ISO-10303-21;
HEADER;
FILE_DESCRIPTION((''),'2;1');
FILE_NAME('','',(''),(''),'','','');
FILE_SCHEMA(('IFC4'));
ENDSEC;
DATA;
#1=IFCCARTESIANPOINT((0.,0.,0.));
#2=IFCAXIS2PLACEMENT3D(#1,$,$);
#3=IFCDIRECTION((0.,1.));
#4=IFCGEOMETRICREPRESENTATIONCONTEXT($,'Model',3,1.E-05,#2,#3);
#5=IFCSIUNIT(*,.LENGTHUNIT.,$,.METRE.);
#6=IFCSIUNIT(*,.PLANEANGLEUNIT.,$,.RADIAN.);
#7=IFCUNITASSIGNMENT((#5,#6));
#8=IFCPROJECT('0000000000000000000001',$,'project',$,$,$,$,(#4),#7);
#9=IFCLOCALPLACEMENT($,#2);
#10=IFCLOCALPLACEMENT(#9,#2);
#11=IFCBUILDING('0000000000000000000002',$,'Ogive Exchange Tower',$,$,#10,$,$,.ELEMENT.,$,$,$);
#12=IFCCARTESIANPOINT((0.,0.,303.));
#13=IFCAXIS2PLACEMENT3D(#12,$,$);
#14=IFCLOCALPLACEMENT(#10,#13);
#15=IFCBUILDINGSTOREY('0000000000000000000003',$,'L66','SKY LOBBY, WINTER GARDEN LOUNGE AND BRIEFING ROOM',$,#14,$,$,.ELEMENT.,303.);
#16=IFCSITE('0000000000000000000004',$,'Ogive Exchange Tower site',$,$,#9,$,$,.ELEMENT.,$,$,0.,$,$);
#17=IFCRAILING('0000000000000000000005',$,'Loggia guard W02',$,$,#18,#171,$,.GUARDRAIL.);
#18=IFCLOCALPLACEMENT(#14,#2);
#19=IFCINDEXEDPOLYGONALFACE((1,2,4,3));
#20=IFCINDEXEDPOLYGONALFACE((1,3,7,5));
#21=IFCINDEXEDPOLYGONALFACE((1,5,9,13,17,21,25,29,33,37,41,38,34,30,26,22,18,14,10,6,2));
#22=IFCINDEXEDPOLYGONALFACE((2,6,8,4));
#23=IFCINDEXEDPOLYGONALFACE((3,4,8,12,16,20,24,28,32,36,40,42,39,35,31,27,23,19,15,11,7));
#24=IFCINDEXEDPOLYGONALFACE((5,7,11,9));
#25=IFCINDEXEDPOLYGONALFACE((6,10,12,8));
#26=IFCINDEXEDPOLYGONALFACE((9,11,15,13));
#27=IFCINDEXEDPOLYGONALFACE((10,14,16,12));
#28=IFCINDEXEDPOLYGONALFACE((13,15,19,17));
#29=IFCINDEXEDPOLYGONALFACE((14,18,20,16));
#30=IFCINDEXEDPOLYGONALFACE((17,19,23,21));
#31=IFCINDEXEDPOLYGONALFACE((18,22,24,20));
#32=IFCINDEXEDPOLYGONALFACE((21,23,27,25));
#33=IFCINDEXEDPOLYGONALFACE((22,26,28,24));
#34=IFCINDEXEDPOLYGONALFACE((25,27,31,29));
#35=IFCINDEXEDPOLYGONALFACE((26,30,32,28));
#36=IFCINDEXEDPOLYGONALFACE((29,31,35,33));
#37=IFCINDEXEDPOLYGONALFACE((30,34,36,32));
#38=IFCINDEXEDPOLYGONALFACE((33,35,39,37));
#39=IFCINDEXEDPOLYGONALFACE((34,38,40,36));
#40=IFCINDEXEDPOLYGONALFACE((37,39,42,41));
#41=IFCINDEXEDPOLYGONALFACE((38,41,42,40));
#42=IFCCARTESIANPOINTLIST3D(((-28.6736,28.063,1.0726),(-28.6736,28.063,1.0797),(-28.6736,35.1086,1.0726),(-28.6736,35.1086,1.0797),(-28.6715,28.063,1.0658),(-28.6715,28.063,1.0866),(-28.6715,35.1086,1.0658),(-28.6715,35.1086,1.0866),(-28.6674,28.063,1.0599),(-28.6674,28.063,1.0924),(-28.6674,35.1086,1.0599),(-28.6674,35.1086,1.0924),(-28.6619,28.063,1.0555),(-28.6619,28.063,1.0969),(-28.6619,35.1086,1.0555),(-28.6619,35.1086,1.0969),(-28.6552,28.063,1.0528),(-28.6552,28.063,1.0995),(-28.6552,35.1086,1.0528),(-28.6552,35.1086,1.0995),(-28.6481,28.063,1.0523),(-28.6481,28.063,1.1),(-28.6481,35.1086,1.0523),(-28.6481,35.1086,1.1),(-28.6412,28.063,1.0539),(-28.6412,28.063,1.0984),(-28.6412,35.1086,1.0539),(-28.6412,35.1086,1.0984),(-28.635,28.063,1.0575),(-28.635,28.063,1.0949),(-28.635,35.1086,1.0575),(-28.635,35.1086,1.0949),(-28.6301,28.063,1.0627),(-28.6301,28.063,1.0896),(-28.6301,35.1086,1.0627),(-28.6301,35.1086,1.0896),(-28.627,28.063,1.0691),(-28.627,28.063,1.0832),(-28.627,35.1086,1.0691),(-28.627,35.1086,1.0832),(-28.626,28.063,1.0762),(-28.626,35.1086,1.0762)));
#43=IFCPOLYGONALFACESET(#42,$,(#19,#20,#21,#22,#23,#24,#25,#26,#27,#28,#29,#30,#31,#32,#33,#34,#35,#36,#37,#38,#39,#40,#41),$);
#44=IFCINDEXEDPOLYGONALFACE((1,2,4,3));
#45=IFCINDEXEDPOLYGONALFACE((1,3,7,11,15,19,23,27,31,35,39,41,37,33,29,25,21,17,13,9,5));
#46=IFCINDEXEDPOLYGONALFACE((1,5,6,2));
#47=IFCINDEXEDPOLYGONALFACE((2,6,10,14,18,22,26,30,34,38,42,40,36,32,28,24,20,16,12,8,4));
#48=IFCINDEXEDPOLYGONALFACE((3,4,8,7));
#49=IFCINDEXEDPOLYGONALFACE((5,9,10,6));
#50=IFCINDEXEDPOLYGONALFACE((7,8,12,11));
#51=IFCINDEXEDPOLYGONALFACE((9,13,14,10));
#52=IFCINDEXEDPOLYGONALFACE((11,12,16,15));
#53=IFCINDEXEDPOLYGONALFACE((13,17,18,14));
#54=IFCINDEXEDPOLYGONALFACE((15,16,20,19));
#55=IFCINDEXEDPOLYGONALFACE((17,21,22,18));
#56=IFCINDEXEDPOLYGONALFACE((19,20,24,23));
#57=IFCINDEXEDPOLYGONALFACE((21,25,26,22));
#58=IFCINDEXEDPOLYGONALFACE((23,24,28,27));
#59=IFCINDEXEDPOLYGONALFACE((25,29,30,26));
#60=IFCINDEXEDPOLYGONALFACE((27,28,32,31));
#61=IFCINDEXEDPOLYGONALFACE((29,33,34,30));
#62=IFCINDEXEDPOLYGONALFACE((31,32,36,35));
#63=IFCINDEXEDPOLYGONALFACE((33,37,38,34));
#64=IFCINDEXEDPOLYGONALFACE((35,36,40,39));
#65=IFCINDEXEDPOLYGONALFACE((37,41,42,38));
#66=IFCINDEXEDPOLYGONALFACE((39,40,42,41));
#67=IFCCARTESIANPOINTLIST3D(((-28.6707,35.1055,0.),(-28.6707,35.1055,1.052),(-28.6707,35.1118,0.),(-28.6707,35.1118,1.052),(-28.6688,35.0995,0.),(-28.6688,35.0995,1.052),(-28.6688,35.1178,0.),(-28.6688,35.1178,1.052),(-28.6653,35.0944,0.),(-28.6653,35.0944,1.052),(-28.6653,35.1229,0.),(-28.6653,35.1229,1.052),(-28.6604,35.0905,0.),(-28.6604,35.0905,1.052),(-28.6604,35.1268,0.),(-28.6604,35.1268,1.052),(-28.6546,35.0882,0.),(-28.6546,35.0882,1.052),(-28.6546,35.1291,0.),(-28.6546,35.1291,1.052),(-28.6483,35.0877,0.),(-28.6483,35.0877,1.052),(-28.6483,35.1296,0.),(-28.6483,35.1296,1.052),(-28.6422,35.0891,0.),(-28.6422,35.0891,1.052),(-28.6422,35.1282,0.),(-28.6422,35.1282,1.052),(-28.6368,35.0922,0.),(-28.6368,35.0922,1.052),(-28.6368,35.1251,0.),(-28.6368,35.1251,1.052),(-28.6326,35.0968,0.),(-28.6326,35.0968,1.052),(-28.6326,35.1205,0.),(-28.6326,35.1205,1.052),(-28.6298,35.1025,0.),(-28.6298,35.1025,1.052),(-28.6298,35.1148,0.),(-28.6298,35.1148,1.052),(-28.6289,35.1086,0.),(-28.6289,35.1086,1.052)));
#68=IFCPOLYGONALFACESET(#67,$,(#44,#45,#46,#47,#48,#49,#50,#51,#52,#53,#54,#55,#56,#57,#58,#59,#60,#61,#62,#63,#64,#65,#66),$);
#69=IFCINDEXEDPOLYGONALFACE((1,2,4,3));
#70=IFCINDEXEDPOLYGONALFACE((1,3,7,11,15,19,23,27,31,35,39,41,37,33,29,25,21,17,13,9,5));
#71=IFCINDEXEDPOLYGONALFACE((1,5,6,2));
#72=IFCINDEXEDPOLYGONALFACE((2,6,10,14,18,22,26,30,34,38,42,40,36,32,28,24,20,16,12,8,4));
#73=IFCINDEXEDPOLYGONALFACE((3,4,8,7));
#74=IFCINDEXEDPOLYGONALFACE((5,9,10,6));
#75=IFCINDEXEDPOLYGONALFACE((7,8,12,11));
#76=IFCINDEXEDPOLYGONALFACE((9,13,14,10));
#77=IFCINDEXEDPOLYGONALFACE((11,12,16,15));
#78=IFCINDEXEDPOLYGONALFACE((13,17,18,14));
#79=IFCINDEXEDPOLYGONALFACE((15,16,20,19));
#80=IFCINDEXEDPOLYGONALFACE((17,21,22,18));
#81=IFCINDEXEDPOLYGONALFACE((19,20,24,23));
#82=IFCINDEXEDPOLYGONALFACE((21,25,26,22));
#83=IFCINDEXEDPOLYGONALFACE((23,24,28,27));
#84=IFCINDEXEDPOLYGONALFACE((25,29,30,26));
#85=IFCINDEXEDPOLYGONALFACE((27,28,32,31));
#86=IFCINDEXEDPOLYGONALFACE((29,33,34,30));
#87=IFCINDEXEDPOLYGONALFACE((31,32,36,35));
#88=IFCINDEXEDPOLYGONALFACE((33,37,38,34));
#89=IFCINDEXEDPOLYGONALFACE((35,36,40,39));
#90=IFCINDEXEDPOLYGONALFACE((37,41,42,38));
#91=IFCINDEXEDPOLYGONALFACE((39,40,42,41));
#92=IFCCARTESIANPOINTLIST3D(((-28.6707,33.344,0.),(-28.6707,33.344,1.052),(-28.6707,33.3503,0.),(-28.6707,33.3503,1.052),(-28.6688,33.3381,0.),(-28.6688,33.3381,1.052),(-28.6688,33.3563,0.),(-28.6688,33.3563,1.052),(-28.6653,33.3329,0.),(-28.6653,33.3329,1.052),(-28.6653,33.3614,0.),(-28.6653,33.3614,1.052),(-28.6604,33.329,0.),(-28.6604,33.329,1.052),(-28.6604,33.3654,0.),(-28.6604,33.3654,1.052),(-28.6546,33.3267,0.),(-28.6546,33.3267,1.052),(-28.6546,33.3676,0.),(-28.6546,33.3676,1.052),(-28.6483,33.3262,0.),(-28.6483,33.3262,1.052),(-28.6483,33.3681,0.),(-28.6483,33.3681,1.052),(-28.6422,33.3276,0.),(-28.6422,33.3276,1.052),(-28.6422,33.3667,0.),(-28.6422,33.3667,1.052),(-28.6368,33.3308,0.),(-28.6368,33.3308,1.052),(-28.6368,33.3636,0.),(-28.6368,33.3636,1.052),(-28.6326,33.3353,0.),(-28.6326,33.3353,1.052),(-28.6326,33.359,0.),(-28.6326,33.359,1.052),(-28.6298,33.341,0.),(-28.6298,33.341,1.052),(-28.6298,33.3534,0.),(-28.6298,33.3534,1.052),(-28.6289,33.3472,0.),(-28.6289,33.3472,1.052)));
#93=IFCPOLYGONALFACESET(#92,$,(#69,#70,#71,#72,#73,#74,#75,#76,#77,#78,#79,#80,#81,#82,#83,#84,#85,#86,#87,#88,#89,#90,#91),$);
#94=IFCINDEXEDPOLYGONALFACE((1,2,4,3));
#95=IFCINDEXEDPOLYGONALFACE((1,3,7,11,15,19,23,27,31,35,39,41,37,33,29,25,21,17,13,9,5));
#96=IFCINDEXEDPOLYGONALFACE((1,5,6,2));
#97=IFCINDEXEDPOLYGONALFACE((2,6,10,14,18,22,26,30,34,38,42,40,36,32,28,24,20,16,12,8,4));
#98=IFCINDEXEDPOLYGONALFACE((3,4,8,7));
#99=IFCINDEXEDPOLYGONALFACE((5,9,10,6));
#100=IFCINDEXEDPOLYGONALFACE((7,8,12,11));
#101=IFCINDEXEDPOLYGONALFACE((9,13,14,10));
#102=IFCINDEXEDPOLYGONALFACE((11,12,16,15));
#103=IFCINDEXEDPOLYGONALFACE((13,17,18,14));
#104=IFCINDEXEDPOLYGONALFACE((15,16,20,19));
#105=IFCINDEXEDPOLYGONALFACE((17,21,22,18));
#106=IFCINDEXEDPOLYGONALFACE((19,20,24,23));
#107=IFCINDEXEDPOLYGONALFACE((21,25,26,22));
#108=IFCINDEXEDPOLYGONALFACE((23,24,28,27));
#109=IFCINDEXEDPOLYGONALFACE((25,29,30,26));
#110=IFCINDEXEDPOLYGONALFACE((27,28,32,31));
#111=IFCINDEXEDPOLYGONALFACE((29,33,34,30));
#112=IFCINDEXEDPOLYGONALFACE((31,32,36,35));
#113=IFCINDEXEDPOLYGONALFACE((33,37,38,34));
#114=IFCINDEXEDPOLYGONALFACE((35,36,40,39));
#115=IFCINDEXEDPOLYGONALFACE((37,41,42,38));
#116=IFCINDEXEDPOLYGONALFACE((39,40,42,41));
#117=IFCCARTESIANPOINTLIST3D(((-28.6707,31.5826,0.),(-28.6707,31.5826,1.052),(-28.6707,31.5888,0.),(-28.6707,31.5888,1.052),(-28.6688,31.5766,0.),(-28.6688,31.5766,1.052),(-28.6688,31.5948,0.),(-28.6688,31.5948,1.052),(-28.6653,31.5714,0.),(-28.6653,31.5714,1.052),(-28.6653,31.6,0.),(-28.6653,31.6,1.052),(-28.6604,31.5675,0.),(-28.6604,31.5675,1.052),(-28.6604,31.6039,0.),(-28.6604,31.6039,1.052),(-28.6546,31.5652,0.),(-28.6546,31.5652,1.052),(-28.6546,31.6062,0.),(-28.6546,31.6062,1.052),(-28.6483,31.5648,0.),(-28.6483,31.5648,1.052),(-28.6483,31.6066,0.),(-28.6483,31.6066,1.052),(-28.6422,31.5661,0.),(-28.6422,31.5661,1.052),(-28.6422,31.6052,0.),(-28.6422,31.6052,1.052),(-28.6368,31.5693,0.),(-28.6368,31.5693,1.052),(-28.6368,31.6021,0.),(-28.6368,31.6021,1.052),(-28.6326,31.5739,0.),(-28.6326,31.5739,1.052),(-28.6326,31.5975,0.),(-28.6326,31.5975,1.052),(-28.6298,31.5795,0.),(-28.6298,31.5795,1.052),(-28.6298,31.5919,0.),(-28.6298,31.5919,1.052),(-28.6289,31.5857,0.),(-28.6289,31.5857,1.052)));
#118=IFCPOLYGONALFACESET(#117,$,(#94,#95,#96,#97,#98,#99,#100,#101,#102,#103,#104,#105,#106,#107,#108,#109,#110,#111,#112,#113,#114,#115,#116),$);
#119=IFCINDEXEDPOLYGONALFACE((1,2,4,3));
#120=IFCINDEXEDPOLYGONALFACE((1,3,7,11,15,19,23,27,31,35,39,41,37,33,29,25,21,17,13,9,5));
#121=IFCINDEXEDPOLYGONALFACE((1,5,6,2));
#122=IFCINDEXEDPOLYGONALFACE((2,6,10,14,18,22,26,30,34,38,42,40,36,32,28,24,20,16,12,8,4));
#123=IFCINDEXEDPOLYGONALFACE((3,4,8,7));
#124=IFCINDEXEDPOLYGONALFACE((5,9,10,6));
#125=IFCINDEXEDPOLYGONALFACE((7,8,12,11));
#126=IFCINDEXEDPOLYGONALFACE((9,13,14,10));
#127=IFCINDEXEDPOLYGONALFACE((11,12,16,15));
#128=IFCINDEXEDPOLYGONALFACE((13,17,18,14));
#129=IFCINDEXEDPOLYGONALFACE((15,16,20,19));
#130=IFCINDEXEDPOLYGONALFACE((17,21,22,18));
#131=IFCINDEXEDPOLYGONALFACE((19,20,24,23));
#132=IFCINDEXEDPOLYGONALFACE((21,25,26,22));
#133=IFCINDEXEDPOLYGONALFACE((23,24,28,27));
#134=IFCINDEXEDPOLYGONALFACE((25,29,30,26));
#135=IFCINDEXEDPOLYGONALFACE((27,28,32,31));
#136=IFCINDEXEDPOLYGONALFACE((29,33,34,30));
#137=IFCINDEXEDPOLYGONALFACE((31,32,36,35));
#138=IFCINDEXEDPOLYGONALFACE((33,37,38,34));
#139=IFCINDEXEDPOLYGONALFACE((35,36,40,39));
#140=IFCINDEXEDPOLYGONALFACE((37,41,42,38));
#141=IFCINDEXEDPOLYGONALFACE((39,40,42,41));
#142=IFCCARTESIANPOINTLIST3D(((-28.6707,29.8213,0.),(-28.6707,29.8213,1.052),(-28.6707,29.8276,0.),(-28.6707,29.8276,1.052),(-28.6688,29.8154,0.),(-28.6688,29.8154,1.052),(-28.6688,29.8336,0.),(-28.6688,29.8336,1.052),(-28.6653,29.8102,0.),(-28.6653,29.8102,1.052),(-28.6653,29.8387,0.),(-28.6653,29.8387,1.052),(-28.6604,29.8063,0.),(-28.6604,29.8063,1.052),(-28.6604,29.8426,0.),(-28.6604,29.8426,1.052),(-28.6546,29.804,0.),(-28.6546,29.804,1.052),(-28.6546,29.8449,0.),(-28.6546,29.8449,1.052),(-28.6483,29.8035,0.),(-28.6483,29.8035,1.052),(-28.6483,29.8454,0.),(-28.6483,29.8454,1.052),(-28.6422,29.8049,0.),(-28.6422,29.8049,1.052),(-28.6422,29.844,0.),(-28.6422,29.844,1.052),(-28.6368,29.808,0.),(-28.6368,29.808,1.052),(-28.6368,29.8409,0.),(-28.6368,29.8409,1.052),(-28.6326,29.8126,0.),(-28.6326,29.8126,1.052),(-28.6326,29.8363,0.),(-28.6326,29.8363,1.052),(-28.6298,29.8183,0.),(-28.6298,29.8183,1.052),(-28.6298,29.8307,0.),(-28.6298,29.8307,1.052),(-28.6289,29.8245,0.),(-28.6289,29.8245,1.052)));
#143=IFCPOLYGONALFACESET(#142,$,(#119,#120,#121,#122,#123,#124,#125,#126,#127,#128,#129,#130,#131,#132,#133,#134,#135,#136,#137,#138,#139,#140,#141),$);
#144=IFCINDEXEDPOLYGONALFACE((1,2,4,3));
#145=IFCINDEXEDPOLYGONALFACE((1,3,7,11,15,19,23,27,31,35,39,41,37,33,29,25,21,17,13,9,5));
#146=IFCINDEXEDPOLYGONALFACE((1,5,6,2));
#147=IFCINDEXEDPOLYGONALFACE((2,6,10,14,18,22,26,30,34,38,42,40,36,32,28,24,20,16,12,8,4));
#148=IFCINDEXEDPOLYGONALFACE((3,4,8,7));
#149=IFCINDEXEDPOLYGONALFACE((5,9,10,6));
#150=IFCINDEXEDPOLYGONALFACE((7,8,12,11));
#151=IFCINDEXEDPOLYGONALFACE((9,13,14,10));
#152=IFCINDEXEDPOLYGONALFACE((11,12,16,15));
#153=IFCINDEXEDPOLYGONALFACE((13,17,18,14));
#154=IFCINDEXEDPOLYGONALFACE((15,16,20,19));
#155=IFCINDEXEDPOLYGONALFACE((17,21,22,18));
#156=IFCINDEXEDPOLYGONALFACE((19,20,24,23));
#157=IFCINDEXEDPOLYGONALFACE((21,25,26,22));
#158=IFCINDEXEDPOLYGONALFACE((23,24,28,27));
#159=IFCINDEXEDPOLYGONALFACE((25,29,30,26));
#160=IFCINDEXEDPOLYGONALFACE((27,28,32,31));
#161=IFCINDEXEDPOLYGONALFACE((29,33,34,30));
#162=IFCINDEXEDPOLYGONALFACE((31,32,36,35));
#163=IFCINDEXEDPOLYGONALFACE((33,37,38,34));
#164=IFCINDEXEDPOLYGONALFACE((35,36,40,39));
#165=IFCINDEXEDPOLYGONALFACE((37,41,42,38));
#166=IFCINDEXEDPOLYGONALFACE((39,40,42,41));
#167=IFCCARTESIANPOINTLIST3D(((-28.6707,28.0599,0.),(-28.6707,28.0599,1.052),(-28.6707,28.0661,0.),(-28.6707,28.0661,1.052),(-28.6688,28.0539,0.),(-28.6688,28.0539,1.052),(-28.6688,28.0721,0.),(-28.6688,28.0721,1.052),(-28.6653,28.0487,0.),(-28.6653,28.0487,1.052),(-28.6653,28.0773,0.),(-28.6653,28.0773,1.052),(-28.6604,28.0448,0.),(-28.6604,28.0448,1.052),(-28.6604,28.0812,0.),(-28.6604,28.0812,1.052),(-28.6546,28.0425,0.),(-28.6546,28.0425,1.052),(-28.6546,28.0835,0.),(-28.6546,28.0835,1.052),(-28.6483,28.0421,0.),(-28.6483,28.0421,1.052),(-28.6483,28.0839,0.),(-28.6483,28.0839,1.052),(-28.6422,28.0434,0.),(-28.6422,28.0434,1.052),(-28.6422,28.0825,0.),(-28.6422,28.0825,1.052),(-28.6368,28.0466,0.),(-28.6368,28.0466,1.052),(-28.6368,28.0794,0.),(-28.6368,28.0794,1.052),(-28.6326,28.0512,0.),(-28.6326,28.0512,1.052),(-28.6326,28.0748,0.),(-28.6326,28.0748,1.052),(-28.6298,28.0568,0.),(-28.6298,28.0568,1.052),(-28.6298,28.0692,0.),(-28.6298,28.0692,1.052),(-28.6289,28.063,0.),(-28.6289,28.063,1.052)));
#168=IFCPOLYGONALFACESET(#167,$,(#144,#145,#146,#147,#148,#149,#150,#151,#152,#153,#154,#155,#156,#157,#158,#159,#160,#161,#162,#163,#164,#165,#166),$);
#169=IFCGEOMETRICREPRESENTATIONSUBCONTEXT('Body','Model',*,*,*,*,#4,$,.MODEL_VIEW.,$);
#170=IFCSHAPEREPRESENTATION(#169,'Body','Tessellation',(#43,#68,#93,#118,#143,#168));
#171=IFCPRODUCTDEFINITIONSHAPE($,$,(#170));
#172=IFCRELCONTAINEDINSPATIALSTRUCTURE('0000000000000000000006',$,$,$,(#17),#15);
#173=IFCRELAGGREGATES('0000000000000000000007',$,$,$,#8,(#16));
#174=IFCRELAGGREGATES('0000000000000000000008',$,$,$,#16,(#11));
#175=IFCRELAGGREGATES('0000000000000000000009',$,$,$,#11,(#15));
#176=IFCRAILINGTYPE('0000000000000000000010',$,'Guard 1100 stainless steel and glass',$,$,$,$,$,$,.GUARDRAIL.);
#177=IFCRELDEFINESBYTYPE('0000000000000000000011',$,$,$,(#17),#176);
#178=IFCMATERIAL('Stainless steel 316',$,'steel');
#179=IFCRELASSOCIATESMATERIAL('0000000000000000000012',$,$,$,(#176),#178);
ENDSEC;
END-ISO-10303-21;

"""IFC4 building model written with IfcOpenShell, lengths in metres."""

from ifc_helpers import new_model, si_unit, direction, frame, origin, origin_2d, place, context, subcontext, project, spatial, circle, extrude, material, type_object, element, save


model = new_model("IFC4")

# Units and contexts
model_context = context("Model", 3, precision=1e-05, world=origin(), true_north=direction((0.0, 1.0)))
body_context = subcontext(model_context, "Body", "Model", "MODEL_VIEW")
ifc_project = project(units=[si_unit("LENGTHUNIT", "METRE"), si_unit("PLANEANGLEUNIT", "RADIAN")], contexts=[model_context])

# Site, building, storey
site_placement = place(None, origin())
site = spatial("IfcSite", under=ifc_project, at=site_placement, Name="Ogive Exchange Tower site", CompositionType="ELEMENT", RefElevation=0.0)
building_placement = place(site_placement, origin())
building = spatial("IfcBuilding", under=site, at=building_placement, Name="Ogive Exchange Tower", CompositionType="ELEMENT")
storey_placement = place(building_placement, frame((0.0, 0.0, 303.0)))
storey = spatial("IfcBuildingStorey", under=building, at=storey_placement, Name="L66", Description="SKY LOBBY, WINTER GARDEN LOUNGE AND BRIEFING ROOM", CompositionType="ELEMENT", Elevation=303.0)

# Railing
ifc_material_1 = material(Name="Stainless steel 316", Category="steel")
railing_type = type_object("IfcRailingType", Name="Guard 1100 stainless steel and glass", PredefinedType="GUARDRAIL", material=ifc_material_1)
railing_placement = place(storey_placement, frame((-28.6499, 35.1086, 0.0)))
element("IfcRailing", 1, at=railing_placement, inside=storey, type_object=railing_type, Name="Loggia guard W02", PredefinedType="GUARDRAIL", context=body_context, shape_type="SweptSolid", body=[
    extrude(circle(Radius=0.0239, at=origin_2d()), frame((0.0, 0.0, 1.0762), z_axis=(0.0, -1.0, 0.0), x_axis=(1.0, 0.0, 0.0)), (0.0, 0.0, 1.0), 7.0457),
    extrude(circle(Radius=0.021, at=origin_2d()), origin(), (0.0, 0.0, 1.0), 1.052),
    extrude(circle(Radius=0.021, at=origin_2d()), frame((0.0, -1.7615, 0.0)), (0.0, 0.0, 1.0), 1.052),
    extrude(circle(Radius=0.021, at=origin_2d()), frame((0.0, -3.5229, 0.0)), (0.0, 0.0, 1.0), 1.052),
    extrude(circle(Radius=0.021, at=origin_2d()), frame((0.0, -5.2842, 0.0)), (0.0, 0.0, 1.0), 1.052),
    extrude(circle(Radius=0.021, at=origin_2d()), frame((0.0, -7.0457, 0.0)), (0.0, 0.0, 1.0), 1.052),
])

save(model, "model.ifc")
